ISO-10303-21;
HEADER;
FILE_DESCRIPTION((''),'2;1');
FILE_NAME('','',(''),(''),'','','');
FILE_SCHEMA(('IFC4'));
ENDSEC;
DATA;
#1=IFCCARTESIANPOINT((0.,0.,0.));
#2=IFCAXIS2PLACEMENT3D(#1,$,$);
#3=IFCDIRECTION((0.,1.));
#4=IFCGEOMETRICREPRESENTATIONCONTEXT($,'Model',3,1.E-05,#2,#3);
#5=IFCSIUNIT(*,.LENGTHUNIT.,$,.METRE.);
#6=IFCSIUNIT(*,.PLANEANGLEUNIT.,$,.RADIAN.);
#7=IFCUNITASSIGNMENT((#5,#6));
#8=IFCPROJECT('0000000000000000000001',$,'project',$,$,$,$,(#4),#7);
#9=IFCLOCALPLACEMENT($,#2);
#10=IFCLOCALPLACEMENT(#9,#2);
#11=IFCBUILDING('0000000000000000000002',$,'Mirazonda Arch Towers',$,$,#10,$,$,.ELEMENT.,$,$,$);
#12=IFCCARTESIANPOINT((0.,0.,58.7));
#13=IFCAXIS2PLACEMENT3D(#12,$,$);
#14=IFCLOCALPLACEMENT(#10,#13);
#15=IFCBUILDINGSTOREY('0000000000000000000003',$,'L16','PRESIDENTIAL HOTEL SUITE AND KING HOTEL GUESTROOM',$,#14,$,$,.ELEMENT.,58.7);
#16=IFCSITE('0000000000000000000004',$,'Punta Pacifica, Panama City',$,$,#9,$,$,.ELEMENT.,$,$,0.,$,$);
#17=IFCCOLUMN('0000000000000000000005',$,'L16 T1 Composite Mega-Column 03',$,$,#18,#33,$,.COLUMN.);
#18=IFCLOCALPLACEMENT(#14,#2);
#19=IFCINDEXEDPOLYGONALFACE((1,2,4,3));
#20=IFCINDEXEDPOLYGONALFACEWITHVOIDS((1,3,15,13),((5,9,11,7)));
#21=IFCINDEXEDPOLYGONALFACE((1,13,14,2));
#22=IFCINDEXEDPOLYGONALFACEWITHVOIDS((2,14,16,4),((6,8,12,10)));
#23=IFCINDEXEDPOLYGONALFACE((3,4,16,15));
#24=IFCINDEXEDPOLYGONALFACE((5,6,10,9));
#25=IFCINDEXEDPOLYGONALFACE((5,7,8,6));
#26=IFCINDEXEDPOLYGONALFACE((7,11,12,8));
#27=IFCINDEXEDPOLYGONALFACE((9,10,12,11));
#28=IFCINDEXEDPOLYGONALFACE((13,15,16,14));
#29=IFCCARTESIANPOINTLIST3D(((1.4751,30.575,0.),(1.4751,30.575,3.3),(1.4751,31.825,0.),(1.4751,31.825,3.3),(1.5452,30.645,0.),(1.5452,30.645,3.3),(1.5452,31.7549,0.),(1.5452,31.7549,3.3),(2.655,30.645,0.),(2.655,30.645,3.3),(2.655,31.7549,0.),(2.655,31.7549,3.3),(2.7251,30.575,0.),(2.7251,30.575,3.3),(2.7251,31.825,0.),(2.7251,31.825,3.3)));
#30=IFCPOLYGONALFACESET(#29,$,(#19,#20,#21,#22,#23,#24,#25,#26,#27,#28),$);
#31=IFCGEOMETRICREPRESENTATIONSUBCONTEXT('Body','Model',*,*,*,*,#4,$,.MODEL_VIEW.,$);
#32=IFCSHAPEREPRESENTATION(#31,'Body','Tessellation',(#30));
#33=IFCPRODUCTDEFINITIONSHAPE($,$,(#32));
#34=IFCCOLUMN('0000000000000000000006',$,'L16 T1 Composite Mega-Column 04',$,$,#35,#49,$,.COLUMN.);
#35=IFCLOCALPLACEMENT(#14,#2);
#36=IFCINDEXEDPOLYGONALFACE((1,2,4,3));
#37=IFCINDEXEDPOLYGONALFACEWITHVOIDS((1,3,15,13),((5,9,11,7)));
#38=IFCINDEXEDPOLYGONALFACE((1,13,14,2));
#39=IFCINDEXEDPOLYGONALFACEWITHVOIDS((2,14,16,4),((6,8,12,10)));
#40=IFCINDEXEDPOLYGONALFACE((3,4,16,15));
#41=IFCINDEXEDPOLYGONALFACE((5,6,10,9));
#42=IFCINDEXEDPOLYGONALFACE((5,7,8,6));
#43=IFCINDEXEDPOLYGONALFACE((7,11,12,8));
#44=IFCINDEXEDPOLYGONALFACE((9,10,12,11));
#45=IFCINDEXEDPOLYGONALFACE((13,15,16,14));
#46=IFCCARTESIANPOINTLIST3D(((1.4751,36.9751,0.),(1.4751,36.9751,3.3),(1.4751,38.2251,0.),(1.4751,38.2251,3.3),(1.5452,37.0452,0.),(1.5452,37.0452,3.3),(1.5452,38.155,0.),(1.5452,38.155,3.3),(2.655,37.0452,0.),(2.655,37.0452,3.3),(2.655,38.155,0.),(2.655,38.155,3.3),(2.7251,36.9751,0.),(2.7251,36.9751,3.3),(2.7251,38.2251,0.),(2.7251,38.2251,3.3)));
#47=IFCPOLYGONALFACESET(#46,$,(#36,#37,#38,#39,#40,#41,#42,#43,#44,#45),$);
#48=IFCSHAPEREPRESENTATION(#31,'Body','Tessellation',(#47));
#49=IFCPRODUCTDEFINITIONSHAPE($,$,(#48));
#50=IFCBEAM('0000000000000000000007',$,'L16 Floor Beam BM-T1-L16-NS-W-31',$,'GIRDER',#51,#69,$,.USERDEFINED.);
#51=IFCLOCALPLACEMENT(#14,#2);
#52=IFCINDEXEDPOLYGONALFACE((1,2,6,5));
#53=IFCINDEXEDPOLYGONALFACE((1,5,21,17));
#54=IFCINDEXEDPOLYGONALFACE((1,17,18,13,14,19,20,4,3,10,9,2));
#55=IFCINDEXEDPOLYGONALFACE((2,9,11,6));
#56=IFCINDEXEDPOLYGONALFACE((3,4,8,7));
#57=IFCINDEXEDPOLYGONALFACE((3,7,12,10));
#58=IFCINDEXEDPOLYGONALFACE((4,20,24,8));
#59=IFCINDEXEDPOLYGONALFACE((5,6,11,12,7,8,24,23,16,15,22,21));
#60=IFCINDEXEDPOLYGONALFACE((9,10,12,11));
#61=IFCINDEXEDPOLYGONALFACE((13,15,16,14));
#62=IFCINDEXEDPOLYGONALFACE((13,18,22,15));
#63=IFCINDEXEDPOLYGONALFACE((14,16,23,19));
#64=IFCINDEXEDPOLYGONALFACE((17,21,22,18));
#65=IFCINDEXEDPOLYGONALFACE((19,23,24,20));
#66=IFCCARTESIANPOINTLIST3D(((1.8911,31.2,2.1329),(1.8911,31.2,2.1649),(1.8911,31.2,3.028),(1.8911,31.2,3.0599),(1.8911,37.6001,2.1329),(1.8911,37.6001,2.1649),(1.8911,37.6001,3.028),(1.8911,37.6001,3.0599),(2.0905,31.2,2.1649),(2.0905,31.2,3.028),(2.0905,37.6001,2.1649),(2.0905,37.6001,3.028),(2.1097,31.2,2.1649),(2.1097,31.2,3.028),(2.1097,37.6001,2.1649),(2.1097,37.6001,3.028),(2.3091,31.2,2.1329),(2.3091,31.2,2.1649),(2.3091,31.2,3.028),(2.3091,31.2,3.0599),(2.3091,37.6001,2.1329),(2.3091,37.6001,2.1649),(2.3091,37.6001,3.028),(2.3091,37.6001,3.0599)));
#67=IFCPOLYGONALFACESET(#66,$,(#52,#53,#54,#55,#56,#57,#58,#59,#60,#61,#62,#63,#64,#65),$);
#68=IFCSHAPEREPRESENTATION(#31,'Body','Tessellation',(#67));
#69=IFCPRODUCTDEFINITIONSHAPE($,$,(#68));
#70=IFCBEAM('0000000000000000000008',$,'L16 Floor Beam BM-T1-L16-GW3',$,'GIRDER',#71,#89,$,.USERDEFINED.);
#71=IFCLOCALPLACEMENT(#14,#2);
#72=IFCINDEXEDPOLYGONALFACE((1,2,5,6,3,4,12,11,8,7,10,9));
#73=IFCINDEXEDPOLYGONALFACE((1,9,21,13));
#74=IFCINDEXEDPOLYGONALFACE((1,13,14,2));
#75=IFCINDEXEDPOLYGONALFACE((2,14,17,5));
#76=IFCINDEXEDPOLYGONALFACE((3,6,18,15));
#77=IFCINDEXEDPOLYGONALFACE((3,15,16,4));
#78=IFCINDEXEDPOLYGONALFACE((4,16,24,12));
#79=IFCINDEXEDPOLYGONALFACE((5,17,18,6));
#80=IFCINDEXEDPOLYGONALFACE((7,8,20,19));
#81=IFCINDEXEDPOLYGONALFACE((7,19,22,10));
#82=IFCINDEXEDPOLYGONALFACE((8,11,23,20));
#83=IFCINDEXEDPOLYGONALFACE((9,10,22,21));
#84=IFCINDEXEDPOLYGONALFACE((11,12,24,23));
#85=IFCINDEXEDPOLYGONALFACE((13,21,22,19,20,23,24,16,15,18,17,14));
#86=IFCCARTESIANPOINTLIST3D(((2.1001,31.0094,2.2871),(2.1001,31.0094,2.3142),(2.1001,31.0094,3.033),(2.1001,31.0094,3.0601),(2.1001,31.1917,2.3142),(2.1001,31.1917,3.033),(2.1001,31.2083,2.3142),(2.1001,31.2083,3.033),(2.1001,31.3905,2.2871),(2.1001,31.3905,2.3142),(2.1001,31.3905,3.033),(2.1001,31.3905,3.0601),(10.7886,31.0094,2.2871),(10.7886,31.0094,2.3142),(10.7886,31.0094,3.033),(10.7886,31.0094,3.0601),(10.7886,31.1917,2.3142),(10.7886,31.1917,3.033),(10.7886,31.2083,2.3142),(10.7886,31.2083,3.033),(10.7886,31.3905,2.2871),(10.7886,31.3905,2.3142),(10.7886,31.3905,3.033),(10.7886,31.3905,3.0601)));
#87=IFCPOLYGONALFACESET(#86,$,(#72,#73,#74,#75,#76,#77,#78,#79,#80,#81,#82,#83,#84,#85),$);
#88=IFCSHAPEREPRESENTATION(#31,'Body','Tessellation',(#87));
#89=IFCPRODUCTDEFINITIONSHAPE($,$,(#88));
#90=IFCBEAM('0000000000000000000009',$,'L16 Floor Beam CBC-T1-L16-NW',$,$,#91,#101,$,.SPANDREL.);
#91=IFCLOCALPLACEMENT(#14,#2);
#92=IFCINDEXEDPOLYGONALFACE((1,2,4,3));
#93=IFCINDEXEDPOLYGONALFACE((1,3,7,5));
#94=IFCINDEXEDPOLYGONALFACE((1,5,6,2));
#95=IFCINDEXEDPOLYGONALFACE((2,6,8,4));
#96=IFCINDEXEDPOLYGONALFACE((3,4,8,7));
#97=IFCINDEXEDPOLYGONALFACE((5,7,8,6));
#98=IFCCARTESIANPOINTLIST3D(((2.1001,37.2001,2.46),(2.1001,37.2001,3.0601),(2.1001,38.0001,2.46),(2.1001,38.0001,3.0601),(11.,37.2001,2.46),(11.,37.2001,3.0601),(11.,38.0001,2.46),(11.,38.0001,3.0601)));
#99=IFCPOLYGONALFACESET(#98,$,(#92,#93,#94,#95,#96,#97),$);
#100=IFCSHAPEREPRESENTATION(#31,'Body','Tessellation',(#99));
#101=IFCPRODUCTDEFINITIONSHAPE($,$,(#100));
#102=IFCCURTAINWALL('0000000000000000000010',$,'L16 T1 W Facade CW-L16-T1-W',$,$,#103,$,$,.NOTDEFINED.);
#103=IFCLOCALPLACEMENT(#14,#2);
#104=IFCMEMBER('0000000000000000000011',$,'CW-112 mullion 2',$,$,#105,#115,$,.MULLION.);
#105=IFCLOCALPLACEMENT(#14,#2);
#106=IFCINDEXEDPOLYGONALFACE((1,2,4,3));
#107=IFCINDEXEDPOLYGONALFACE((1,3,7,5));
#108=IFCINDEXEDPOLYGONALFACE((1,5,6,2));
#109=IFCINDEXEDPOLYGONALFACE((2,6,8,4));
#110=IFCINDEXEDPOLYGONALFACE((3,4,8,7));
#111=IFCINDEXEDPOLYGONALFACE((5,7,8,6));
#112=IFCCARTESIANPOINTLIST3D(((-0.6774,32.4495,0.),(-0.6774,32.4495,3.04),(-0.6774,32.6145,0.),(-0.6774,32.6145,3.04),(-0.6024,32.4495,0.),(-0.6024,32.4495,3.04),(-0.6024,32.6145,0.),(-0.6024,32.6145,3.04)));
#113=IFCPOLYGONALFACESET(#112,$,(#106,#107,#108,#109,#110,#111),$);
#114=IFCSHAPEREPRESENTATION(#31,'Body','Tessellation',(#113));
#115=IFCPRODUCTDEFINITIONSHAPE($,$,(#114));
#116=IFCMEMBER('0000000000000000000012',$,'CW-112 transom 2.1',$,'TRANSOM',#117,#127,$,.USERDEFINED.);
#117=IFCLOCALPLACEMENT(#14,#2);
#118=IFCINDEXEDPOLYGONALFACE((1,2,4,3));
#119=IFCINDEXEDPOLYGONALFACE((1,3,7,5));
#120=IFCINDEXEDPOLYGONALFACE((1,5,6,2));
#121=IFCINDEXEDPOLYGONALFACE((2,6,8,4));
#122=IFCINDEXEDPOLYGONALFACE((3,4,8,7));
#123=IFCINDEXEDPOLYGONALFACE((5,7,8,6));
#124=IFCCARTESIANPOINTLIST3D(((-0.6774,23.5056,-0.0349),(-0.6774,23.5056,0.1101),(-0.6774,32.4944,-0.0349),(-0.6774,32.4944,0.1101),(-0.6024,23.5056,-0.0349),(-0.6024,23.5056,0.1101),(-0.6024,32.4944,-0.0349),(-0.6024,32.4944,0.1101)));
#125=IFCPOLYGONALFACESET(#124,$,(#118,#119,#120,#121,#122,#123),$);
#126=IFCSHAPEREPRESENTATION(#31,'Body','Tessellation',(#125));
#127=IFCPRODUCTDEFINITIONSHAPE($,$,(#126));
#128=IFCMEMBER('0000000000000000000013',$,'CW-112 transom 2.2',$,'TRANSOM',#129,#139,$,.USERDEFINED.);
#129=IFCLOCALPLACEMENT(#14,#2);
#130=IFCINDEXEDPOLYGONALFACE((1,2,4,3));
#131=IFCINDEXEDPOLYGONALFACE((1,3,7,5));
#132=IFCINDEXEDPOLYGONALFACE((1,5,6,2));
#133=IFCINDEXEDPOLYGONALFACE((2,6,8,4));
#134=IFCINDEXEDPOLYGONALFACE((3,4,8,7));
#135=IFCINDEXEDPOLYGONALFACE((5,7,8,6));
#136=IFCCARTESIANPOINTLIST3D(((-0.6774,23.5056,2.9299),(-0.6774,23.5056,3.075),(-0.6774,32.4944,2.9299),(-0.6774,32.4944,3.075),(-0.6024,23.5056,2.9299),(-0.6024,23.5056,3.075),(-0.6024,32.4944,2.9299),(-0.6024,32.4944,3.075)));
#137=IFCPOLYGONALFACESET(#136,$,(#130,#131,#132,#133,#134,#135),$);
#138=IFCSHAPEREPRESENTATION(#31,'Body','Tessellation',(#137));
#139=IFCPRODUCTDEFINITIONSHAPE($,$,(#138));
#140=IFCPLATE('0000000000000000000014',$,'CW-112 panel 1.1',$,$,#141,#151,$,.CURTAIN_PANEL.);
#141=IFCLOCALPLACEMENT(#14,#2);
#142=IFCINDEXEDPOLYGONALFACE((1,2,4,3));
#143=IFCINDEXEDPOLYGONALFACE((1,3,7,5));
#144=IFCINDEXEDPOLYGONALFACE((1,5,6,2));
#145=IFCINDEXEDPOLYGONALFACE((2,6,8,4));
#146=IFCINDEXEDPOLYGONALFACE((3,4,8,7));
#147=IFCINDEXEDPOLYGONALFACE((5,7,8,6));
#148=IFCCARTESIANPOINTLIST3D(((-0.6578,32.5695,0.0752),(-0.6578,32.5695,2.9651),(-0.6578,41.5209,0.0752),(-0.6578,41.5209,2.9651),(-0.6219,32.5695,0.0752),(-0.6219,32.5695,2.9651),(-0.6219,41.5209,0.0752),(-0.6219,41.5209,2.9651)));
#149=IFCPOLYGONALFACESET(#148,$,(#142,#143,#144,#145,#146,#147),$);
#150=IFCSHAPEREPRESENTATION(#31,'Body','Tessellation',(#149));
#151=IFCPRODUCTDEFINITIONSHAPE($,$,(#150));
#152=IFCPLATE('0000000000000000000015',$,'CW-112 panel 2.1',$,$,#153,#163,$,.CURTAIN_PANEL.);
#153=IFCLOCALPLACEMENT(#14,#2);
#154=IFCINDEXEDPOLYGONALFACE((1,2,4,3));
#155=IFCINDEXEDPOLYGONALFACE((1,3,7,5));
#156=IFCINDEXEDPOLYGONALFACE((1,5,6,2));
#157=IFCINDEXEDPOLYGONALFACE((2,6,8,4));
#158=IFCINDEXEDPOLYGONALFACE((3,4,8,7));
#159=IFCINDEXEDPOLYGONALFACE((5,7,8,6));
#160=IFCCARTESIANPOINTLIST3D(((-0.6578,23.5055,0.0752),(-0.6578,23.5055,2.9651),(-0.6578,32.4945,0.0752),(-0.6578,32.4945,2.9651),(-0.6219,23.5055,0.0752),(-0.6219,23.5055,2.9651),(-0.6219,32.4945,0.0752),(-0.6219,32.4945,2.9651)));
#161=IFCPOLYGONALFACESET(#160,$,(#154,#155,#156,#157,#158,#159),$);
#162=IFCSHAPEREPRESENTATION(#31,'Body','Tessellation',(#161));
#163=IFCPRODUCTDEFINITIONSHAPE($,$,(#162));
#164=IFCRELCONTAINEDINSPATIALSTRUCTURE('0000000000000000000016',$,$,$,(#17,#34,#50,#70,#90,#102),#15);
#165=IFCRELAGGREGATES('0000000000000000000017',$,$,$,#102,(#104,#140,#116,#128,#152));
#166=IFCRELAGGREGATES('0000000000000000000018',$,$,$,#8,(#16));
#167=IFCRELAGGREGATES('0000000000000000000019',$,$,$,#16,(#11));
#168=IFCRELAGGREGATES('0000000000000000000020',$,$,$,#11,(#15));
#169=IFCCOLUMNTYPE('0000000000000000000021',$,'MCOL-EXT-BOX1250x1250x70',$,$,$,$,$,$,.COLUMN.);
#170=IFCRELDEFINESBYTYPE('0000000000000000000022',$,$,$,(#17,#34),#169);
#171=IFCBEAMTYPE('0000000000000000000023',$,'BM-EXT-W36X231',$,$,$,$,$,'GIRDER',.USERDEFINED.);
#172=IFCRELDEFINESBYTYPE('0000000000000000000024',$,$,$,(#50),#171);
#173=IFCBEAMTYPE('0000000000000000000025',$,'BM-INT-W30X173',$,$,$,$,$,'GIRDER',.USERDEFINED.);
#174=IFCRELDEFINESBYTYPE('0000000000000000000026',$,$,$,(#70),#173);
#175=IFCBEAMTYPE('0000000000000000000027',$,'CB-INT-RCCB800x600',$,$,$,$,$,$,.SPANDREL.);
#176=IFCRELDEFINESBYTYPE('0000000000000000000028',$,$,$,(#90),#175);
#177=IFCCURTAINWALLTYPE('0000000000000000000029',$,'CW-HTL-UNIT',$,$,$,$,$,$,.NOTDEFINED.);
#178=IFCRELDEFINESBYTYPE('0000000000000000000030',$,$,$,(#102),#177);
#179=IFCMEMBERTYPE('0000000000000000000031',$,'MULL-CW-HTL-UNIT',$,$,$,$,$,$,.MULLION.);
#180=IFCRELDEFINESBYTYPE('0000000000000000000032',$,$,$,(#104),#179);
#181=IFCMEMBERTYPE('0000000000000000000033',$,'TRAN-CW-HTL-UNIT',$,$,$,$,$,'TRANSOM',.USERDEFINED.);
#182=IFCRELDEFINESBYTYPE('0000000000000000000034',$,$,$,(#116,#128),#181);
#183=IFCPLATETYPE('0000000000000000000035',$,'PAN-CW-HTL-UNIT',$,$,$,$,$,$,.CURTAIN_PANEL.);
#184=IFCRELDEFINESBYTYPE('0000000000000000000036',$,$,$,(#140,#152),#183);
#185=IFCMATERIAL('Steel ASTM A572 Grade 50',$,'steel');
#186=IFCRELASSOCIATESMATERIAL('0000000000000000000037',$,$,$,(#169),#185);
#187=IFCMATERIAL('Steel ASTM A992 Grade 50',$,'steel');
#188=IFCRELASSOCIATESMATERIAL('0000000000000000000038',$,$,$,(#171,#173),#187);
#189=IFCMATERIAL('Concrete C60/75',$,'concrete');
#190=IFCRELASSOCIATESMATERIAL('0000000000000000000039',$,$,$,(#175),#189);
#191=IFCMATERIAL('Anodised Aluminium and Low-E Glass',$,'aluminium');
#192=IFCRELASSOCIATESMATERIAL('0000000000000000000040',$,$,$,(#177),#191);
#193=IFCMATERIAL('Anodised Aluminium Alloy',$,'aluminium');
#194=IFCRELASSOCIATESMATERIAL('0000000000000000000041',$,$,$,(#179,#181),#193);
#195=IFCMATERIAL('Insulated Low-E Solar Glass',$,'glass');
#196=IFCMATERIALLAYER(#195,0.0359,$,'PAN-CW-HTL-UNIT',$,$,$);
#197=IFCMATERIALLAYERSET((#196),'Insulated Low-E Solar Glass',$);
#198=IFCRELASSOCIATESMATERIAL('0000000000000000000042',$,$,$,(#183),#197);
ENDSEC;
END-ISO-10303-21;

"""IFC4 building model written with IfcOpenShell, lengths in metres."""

from ifc_helpers import new_model, si_unit, direction, frame, origin, origin_2d, place, context, subcontext, project, spatial, rectangle, hollow_rectangle, i_section, extrude, material, layer, layer_set, material_profile, profile_set, type_object, element, aggregate, save


model = new_model("IFC4")

# Units and contexts
model_context = context("Model", 3, precision=1e-05, world=origin(), true_north=direction((0.0, 1.0)))
body_context = subcontext(model_context, "Body", "Model", "MODEL_VIEW")
ifc_project = project(units=[si_unit("LENGTHUNIT", "METRE"), si_unit("PLANEANGLEUNIT", "RADIAN")], contexts=[model_context])

# Site, building, storey
site_placement = place(None, origin())
site = spatial("IfcSite", under=ifc_project, at=site_placement, Name="Punta Pacifica, Panama City", CompositionType="ELEMENT", RefElevation=0.0)
building_placement = place(site_placement, origin())
building = spatial("IfcBuilding", under=site, at=building_placement, Name="Mirazonda Arch Towers", CompositionType="ELEMENT")
storey_placement = place(building_placement, frame((0.0, 0.0, 58.7)))
storey = spatial("IfcBuildingStorey", under=building, at=storey_placement, Name="L16", Description="PRESIDENTIAL HOTEL SUITE AND KING HOTEL GUESTROOM", CompositionType="ELEMENT", Elevation=58.7)

# Columns
ifc_material_1 = material(Name="Steel ASTM A572 Grade 50", Category="steel")
ifc_material_profile_1 = material_profile(ifc_material_1, hollow_rectangle(XDim=1.25, YDim=1.25, WallThickness=0.0701, at=origin_2d()), Name="BOX1250x1250x70")
ifc_profile_set_1 = profile_set([ifc_material_profile_1], Name="Steel ASTM A572 Grade 50")
column_type = type_object("IfcColumnType", Name="MCOL-EXT-BOX1250x1250x70", PredefinedType="COLUMN", material=ifc_profile_set_1)
for number, where, z_axis, x_axis, name in (
    (1, (2.1001, 31.2, 0.0), (0.0, 0.0, 1.0), (1.0, 0.0, 0.0), "L16 T1 Composite Mega-Column 03"),
    (2, (2.1001, 37.6001, 0.0), (0.0, 0.0, 1.0), (1.0, 0.0, 0.0), "L16 T1 Composite Mega-Column 04"),
):
    element("IfcColumn", number, at=place(storey_placement, frame(where, z_axis=z_axis, x_axis=x_axis)), inside=storey, type_object=column_type, Name=name, PredefinedType="COLUMN", context=body_context, shape_type="SweptSolid", body=[
        extrude(hollow_rectangle(XDim=1.25, YDim=1.25, WallThickness=0.0701, at=origin_2d()), origin(), (0.0, 0.0, 1.0), 3.3),
    ])

# Beams
ifc_material_2 = material(Name="Steel ASTM A992 Grade 50", Category="steel")
ifc_material_profile_2 = material_profile(ifc_material_2, i_section(OverallWidth=0.418, OverallDepth=0.927, WebThickness=0.0193, FlangeThickness=0.032, at=origin_2d()), Name="W36X231")
ifc_profile_set_2 = profile_set([ifc_material_profile_2], Name="Steel ASTM A992 Grade 50")
beam_type_1 = type_object("IfcBeamType", Name="BM-EXT-W36X231", ElementType="GIRDER", PredefinedType="USERDEFINED", material=ifc_profile_set_2)
beam_1_placement = place(storey_placement, frame((2.1001, 31.2, 2.5964), z_axis=(0.0, 1.0, 0.0), x_axis=(-1.0, 0.0, 0.0)))
element("IfcBeam", 3, at=beam_1_placement, inside=storey, type_object=beam_type_1, Name="L16 Floor Beam BM-T1-L16-NS-W-31", ObjectType="GIRDER", PredefinedType="USERDEFINED", context=body_context, shape_type="SweptSolid", body=[
    extrude(i_section(OverallWidth=0.418, OverallDepth=0.927, WebThickness=0.0193, FlangeThickness=0.032, at=origin_2d()), origin(), (0.0, 0.0, 1.0), 6.4001),
])
ifc_material_profile_3 = material_profile(ifc_material_2, i_section(OverallWidth=0.3811, OverallDepth=0.7729, WebThickness=0.0166, FlangeThickness=0.0271, at=origin_2d()), Name="W30X173")
ifc_profile_set_3 = profile_set([ifc_material_profile_3], Name="Steel ASTM A992 Grade 50")
beam_type_2 = type_object("IfcBeamType", Name="BM-INT-W30X173", ElementType="GIRDER", PredefinedType="USERDEFINED", material=ifc_profile_set_3)
beam_2_placement = place(storey_placement, frame((2.1001, 31.2, 2.6736), z_axis=(1.0, 0.0, 0.0), x_axis=(0.0, 1.0, 0.0)))
element("IfcBeam", 4, at=beam_2_placement, inside=storey, type_object=beam_type_2, Name="L16 Floor Beam BM-T1-L16-GW3", ObjectType="GIRDER", PredefinedType="USERDEFINED", context=body_context, shape_type="SweptSolid", body=[
    extrude(i_section(OverallWidth=0.3811, OverallDepth=0.7729, WebThickness=0.0166, FlangeThickness=0.0271, at=origin_2d()), origin(), (0.0, 0.0, 1.0), 8.6885),
])
ifc_material_3 = material(Name="Concrete C60/75", Category="concrete")
ifc_material_profile_4 = material_profile(ifc_material_3, rectangle(XDim=0.8, YDim=0.6001, at=origin_2d()), Name="RCCB800x600")
ifc_profile_set_4 = profile_set([ifc_material_profile_4], Name="Concrete C60/75")
beam_type_3 = type_object("IfcBeamType", Name="CB-INT-RCCB800x600", PredefinedType="SPANDREL", material=ifc_profile_set_4)
beam_3_placement = place(storey_placement, frame((2.1001, 37.6001, 2.76), z_axis=(1.0, 0.0, 0.0), x_axis=(0.0, 1.0, 0.0)))
element("IfcBeam", 5, at=beam_3_placement, inside=storey, type_object=beam_type_3, Name="L16 Floor Beam CBC-T1-L16-NW", PredefinedType="SPANDREL", context=body_context, shape_type="SweptSolid", body=[
    extrude(rectangle(XDim=0.8, YDim=0.6001, at=origin_2d()), origin(), (0.0, 0.0, 1.0), 8.8999),
])

# Curtain wall, members, plates
ifc_material_4 = material(Name="Anodised Aluminium and Low-E Glass", Category="aluminium")
curtain_wall_type = type_object("IfcCurtainWallType", Name="CW-HTL-UNIT", PredefinedType="NOTDEFINED", material=ifc_material_4)
curtain_wall_placement = place(storey_placement, origin())
curtain_wall = element("IfcCurtainWall", 6, at=curtain_wall_placement, inside=storey, type_object=curtain_wall_type, Name="L16 T1 W Facade CW-L16-T1-W", PredefinedType="NOTDEFINED")
ifc_material_5 = material(Name="Anodised Aluminium Alloy", Category="aluminium")
ifc_material_profile_5 = material_profile(ifc_material_5, rectangle(XDim=0.075, YDim=0.165, at=origin_2d()), Name="ALU-MULL-75x165")
ifc_profile_set_5 = profile_set([ifc_material_profile_5], Name="Anodised Aluminium Alloy")
member_type_1 = type_object("IfcMemberType", Name="MULL-CW-HTL-UNIT", PredefinedType="MULLION", material=ifc_profile_set_5)
member_1_placement = place(storey_placement, frame((-0.6399, 32.532, 0.0), z_axis=(0.0, 0.0, 1.0), x_axis=(1.0, 0.0, 0.0)))
member_1 = element("IfcMember", 7, at=member_1_placement, type_object=member_type_1, Name="CW-112 mullion 2", PredefinedType="MULLION", context=body_context, shape_type="SweptSolid", body=[
    extrude(rectangle(XDim=0.075, YDim=0.165, at=origin_2d()), origin(), (0.0, 0.0, 1.0), 3.04),
])
ifc_material_profile_6 = material_profile(ifc_material_5, rectangle(XDim=0.075, YDim=0.145, at=origin_2d()), Name="ALU-TRAN-75x145")
ifc_profile_set_6 = profile_set([ifc_material_profile_6], Name="Anodised Aluminium Alloy")
member_type_2 = type_object("IfcMemberType", Name="TRAN-CW-HTL-UNIT", ElementType="TRANSOM", PredefinedType="USERDEFINED", material=ifc_profile_set_6)
member_2_placement = place(storey_placement, frame((-0.6399, 32.4944, 0.0376), z_axis=(0.0, -1.0, 0.0), x_axis=(1.0, 0.0, 0.0)))
member_2 = element("IfcMember", 8, at=member_2_placement, type_object=member_type_2, Name="CW-112 transom 2.1", ObjectType="TRANSOM", PredefinedType="USERDEFINED", context=body_context, shape_type="SweptSolid", body=[
    extrude(rectangle(XDim=0.075, YDim=0.145, at=origin_2d()), origin(), (0.0, 0.0, 1.0), 8.9888),
])
member_3_placement = place(storey_placement, frame((-0.6399, 32.4944, 3.0024), z_axis=(0.0, -1.0, 0.0), x_axis=(1.0, 0.0, 0.0)))
member_3 = element("IfcMember", 9, at=member_3_placement, type_object=member_type_2, Name="CW-112 transom 2.2", ObjectType="TRANSOM", PredefinedType="USERDEFINED", context=body_context, shape_type="SweptSolid", body=[
    extrude(rectangle(XDim=0.075, YDim=0.145, at=origin_2d()), origin(), (0.0, 0.0, 1.0), 8.9888),
])
ifc_material_6 = material(Name="Insulated Low-E Solar Glass", Category="glass")
ifc_layer_1 = layer(ifc_material_6, 0.0359, Name="PAN-CW-HTL-UNIT")
ifc_layer_set_1 = layer_set([ifc_layer_1], Name="Insulated Low-E Solar Glass")
plate_type = type_object("IfcPlateType", Name="PAN-CW-HTL-UNIT", PredefinedType="CURTAIN_PANEL", material=ifc_layer_set_1)
plate_1_placement = place(storey_placement, frame((-0.6399, 37.0452, 0.0752), z_axis=(0.0, 0.0, 1.0), x_axis=(0.0, -1.0, 0.0)))
plate_1 = element("IfcPlate", 10, at=plate_1_placement, type_object=plate_type, Name="CW-112 panel 1.1", PredefinedType="CURTAIN_PANEL", context=body_context, shape_type="SweptSolid", body=[
    extrude(rectangle(XDim=8.9514, YDim=0.0359, at=origin_2d()), origin(), (0.0, 0.0, 1.0), 2.8899),
])
plate_2_placement = place(storey_placement, frame((-0.6399, 28.0, 0.0752), z_axis=(0.0, 0.0, 1.0), x_axis=(0.0, -1.0, 0.0)))
plate_2 = element("IfcPlate", 11, at=plate_2_placement, type_object=plate_type, Name="CW-112 panel 2.1", PredefinedType="CURTAIN_PANEL", context=body_context, shape_type="SweptSolid", body=[
    extrude(rectangle(XDim=8.989, YDim=0.0359, at=origin_2d()), origin(), (0.0, 0.0, 1.0), 2.8899),
])
aggregate(curtain_wall, [member_1, plate_1, member_2, member_3, plate_2])

save(model, "model.ifc")
